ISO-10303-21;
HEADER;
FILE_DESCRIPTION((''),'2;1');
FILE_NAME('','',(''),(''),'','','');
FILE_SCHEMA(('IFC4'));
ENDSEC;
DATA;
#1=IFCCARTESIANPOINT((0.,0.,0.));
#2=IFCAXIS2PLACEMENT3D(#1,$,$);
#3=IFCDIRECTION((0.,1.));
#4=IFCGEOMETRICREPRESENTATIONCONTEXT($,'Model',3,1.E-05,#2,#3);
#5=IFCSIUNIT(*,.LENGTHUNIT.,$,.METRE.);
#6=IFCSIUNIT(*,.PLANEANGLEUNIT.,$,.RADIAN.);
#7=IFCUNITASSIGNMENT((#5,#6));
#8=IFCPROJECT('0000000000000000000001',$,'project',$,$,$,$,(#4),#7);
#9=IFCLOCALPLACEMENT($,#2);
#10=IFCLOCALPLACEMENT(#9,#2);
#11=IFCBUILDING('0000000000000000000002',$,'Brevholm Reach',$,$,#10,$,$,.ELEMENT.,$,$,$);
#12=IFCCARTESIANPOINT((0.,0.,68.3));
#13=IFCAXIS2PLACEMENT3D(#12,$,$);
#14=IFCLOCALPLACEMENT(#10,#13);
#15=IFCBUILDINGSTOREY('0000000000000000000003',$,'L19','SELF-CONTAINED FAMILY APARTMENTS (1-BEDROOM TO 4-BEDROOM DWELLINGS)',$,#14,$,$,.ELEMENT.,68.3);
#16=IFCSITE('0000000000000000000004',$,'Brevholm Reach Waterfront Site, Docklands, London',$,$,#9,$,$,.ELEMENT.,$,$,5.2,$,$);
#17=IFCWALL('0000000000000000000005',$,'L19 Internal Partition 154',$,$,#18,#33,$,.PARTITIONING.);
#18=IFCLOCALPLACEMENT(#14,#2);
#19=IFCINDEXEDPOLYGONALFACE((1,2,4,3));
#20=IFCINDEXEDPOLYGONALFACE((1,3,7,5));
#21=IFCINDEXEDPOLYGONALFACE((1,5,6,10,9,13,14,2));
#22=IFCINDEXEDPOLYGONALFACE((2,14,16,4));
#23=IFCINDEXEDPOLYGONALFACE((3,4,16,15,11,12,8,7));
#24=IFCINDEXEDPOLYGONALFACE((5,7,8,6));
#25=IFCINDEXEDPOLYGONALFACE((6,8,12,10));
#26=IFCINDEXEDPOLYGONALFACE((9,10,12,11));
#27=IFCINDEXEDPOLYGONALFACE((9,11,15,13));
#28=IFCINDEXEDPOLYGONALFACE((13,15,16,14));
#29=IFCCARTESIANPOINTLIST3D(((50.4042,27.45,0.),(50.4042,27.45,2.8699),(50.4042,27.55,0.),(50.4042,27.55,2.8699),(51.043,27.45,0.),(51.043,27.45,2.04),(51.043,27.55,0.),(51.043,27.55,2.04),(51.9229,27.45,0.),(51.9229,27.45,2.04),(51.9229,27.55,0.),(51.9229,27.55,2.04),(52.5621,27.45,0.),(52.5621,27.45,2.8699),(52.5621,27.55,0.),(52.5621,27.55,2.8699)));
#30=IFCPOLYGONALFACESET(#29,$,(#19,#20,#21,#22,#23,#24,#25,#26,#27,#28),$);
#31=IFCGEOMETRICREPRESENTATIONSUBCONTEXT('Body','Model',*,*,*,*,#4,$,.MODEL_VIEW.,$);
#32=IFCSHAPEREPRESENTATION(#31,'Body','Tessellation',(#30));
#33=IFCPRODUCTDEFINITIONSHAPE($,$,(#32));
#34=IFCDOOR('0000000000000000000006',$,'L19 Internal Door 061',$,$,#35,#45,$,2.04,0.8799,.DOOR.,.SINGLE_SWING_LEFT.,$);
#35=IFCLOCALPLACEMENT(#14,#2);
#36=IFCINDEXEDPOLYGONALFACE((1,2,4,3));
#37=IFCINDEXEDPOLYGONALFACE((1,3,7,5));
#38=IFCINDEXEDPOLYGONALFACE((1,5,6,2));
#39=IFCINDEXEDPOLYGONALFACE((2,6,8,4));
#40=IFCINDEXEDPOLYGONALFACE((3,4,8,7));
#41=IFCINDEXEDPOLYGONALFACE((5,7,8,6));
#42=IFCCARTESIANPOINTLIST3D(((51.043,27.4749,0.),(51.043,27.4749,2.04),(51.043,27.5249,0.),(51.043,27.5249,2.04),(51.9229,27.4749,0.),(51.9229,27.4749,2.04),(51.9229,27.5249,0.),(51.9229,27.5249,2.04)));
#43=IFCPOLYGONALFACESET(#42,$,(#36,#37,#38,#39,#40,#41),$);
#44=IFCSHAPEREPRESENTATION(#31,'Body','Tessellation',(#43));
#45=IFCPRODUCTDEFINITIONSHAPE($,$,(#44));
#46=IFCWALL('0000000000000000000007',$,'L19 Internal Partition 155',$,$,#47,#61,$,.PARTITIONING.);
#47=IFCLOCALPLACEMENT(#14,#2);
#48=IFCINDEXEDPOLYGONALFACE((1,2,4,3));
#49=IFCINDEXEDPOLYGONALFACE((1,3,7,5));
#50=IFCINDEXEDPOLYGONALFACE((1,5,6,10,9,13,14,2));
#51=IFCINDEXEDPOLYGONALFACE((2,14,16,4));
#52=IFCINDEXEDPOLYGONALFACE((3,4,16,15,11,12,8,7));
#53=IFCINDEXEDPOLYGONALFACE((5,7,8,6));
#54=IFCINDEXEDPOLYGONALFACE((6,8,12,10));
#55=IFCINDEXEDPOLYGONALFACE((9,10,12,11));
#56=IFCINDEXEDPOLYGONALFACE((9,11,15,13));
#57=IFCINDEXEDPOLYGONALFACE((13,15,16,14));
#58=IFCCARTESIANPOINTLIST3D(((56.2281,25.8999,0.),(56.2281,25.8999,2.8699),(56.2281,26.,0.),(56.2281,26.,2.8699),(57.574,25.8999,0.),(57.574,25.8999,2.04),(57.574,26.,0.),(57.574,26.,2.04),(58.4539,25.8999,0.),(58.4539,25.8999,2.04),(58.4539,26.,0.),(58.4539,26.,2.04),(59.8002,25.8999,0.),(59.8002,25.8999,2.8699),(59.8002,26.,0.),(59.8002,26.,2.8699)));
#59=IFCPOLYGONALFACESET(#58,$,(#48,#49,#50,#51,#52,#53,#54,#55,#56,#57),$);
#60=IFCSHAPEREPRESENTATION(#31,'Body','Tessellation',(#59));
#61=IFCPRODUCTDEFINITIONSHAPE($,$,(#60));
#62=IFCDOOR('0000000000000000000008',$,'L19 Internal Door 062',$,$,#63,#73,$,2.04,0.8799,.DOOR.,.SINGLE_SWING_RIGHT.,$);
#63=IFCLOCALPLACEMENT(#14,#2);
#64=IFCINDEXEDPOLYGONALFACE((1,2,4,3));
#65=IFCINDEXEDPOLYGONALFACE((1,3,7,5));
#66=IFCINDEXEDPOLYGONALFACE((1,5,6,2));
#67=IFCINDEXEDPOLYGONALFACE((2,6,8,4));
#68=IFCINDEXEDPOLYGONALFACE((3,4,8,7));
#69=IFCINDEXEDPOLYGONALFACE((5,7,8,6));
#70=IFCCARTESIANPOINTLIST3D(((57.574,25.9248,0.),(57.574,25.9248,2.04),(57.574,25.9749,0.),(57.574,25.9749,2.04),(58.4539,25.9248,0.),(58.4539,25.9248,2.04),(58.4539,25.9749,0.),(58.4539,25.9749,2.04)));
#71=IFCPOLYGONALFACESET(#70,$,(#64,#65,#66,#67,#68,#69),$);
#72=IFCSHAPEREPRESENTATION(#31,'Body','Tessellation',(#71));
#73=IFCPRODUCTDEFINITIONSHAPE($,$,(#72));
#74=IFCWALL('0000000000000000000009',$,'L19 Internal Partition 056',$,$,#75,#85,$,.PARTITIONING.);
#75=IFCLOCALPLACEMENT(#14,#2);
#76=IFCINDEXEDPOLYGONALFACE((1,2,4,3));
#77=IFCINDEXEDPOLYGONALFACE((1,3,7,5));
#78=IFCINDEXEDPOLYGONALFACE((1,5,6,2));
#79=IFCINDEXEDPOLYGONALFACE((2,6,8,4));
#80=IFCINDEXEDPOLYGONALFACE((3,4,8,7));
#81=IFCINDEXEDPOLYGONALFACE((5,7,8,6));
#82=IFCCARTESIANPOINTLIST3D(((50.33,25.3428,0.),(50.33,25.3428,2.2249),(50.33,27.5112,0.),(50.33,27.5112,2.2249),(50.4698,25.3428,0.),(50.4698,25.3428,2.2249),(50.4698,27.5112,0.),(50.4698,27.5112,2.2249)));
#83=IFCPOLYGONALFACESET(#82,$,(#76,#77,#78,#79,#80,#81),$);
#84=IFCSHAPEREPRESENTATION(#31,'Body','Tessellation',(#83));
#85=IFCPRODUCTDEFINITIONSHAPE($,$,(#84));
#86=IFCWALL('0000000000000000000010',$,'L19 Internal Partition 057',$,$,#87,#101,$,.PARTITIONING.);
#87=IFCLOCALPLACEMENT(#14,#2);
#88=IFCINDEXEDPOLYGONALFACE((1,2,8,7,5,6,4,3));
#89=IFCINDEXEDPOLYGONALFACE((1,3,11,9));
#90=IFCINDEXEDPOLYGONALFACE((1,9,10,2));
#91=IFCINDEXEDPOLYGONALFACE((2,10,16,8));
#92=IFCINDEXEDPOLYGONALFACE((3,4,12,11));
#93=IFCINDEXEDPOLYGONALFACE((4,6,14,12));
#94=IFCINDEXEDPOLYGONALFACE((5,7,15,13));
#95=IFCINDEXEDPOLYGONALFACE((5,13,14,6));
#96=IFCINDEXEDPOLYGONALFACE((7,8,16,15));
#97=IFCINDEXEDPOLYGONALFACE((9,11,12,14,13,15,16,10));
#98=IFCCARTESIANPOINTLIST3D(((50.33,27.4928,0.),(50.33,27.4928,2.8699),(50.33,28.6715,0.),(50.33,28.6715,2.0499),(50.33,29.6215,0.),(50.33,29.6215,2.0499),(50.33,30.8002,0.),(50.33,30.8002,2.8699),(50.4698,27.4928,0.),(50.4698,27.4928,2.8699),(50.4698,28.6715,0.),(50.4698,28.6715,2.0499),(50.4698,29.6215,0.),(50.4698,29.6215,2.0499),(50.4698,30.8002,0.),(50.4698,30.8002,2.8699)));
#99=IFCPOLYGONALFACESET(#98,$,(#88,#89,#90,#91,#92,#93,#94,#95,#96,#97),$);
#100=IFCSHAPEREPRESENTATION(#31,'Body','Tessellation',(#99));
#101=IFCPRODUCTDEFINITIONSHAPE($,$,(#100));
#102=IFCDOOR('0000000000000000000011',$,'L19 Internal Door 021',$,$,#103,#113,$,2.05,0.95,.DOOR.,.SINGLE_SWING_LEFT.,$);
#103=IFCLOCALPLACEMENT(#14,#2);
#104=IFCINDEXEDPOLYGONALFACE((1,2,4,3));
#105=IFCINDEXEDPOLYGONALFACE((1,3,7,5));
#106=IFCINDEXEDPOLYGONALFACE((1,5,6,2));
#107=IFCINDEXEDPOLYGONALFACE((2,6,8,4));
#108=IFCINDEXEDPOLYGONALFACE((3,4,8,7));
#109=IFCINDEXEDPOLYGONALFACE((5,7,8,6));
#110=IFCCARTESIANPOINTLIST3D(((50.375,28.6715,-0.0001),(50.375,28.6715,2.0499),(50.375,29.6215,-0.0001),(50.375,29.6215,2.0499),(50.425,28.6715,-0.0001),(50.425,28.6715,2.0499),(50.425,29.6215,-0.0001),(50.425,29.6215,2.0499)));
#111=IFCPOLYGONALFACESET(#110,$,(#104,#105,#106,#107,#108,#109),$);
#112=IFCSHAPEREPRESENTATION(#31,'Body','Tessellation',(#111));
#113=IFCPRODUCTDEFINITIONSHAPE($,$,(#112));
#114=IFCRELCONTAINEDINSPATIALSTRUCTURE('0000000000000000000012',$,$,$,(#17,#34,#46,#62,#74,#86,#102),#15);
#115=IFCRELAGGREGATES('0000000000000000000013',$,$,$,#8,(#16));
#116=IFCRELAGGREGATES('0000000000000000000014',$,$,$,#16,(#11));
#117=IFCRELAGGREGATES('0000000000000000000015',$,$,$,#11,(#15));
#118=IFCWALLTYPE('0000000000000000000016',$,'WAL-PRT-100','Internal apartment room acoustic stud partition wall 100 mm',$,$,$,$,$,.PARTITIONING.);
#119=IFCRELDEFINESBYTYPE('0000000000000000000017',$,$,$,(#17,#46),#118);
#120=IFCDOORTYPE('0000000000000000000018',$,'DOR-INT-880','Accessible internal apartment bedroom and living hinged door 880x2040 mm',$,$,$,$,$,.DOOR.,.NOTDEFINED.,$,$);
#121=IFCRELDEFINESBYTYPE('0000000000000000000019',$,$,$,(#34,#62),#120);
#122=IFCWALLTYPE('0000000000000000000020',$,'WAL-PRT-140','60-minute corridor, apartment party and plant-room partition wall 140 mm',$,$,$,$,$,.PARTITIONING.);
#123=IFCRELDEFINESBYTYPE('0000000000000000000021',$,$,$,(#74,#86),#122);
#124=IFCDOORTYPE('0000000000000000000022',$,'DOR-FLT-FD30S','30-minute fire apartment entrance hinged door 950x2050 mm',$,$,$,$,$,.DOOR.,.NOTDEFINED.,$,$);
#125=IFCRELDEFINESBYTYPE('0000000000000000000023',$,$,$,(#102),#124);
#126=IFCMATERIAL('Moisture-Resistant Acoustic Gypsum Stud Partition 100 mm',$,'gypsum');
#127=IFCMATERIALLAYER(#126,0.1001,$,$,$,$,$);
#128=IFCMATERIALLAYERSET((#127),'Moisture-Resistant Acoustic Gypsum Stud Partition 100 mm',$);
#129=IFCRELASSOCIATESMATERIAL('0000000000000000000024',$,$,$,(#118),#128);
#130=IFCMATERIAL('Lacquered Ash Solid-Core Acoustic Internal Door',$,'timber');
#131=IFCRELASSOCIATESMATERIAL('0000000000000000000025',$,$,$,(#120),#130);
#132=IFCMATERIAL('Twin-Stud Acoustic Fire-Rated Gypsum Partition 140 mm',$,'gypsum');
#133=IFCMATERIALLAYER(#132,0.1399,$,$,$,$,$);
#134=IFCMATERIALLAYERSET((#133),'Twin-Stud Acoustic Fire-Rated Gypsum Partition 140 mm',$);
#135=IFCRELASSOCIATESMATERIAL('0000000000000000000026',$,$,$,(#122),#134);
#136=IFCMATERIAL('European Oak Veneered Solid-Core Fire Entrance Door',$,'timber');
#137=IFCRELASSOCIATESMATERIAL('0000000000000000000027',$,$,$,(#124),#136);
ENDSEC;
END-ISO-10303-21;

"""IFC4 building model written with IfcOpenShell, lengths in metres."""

from ifc_helpers import new_model, si_unit, direction, frame, frame_2d, origin, place, context, subcontext, project, spatial, rectangle, extrude, material, layer, layer_set, type_object, element, fill, save


model = new_model("IFC4")

# Units and contexts
model_context = context("Model", 3, precision=1e-05, world=origin(), true_north=direction((0.0, 1.0)))
body_context = subcontext(model_context, "Body", "Model", "MODEL_VIEW")
ifc_project = project(units=[si_unit("LENGTHUNIT", "METRE"), si_unit("PLANEANGLEUNIT", "RADIAN")], contexts=[model_context])

# Site, building, storey
site_placement = place(None, origin())
site = spatial("IfcSite", under=ifc_project, at=site_placement, Name="Brevholm Reach Waterfront Site, Docklands, London", CompositionType="ELEMENT", RefElevation=5.2)
building_placement = place(site_placement, origin())
building = spatial("IfcBuilding", under=site, at=building_placement, Name="Brevholm Reach", CompositionType="ELEMENT")
storey_placement = place(building_placement, frame((0.0, 0.0, 68.3)))
storey = spatial("IfcBuildingStorey", under=building, at=storey_placement, Name="L19", Description="SELF-CONTAINED FAMILY APARTMENTS (1-BEDROOM TO 4-BEDROOM DWELLINGS)", CompositionType="ELEMENT", Elevation=68.3)

# Shared definitions
ifc_material_1 = material(Name="Moisture-Resistant Acoustic Gypsum Stud Partition 100 mm", Category="gypsum")
ifc_layer_1 = layer(ifc_material_1, 0.1001)
ifc_layer_set_1 = layer_set([ifc_layer_1], Name="Moisture-Resistant Acoustic Gypsum Stud Partition 100 mm")
wall_type_1 = type_object("IfcWallType", Name="WAL-PRT-100", Description="Internal apartment room acoustic stud partition wall 100 mm", PredefinedType="PARTITIONING", material=ifc_layer_set_1)

# Walls, openings, doors
wall_1_placement = place(storey_placement, frame((50.4041, 27.5, 0.0), z_axis=(0.0, 0.0, 1.0), x_axis=(1.0, 0.0, 0.0)))
wall_1 = element("IfcWall", 1, at=wall_1_placement, inside=storey, type_object=wall_type_1, Name="L19 Internal Partition 154", PredefinedType="PARTITIONING", context=body_context, shape_type="SweptSolid", body=[
    extrude(rectangle(XDim=2.158, YDim=0.1001, at=frame_2d((1.0791, 0.0))), origin(), (0.0, 0.0, 1.0), 2.8699),
])
opening_1_placement = place(wall_1_placement, frame((0.6389, 0.0, 0.0)))
opening_1 = element("IfcOpeningElement", 2, at=opening_1_placement, cuts=wall_1, PredefinedType="OPENING", context=body_context, shape_type="SweptSolid", body=[
    extrude(rectangle(XDim=0.8799, YDim=2.04, at=frame_2d((0.4399, 1.02))), frame((0.0, 0.0601, 0.0), z_axis=(0.0, -1.0, 0.0), x_axis=(1.0, 0.0, 0.0)), (0.0, 0.0, 1.0), 0.1201),
])
ifc_material_2 = material(Name="Lacquered Ash Solid-Core Acoustic Internal Door", Category="timber")
door_type_1 = type_object("IfcDoorType", Name="DOR-INT-880", Description="Accessible internal apartment bedroom and living hinged door 880x2040 mm", OperationType="NOTDEFINED", PredefinedType="DOOR", material=ifc_material_2)
door_1_placement = place(opening_1_placement, origin())
door_1 = element("IfcDoor", 3, at=door_1_placement, inside=storey, type_object=door_type_1, Name="L19 Internal Door 061", OperationType="SINGLE_SWING_LEFT", OverallHeight=2.04, OverallWidth=0.8799, PredefinedType="DOOR", context=body_context, shape_type="SweptSolid", body=[
    extrude(rectangle(XDim=0.8799, YDim=2.04, at=frame_2d((0.4399, 1.02))), frame((0.0, 0.0249, 0.0), z_axis=(0.0, -1.0, 0.0), x_axis=(1.0, 0.0, 0.0)), (0.0, 0.0, 1.0), 0.05),
])
fill(opening_1, door_1)
wall_2_placement = place(storey_placement, frame((56.228, 25.95, 0.0), z_axis=(0.0, 0.0, 1.0), x_axis=(1.0, 0.0, 0.0)))
wall_2 = element("IfcWall", 4, at=wall_2_placement, inside=storey, type_object=wall_type_1, Name="L19 Internal Partition 155", PredefinedType="PARTITIONING", context=body_context, shape_type="SweptSolid", body=[
    extrude(rectangle(XDim=3.572, YDim=0.1001, at=frame_2d((1.7861, 0.0))), origin(), (0.0, 0.0, 1.0), 2.8699),
])
opening_2_placement = place(wall_2_placement, frame((1.3459, 0.0, 0.0)))
opening_2 = element("IfcOpeningElement", 5, at=opening_2_placement, cuts=wall_2, PredefinedType="OPENING", context=body_context, shape_type="SweptSolid", body=[
    extrude(rectangle(XDim=0.8799, YDim=2.04, at=frame_2d((0.4399, 1.02))), frame((0.0, 0.0601, 0.0), z_axis=(0.0, -1.0, 0.0), x_axis=(1.0, 0.0, 0.0)), (0.0, 0.0, 1.0), 0.1201),
])
door_2_placement = place(opening_2_placement, origin())
door_2 = element("IfcDoor", 6, at=door_2_placement, inside=storey, type_object=door_type_1, Name="L19 Internal Door 062", OperationType="SINGLE_SWING_RIGHT", OverallHeight=2.04, OverallWidth=0.8799, PredefinedType="DOOR", context=body_context, shape_type="SweptSolid", body=[
    extrude(rectangle(XDim=0.8799, YDim=2.04, at=frame_2d((0.4399, 1.02))), frame((0.0, 0.0249, 0.0), z_axis=(0.0, -1.0, 0.0), x_axis=(1.0, 0.0, 0.0)), (0.0, 0.0, 1.0), 0.05),
])
fill(opening_2, door_2)

# Wall
ifc_material_3 = material(Name="Twin-Stud Acoustic Fire-Rated Gypsum Partition 140 mm", Category="gypsum")
ifc_layer_2 = layer(ifc_material_3, 0.1399)
ifc_layer_set_2 = layer_set([ifc_layer_2], Name="Twin-Stud Acoustic Fire-Rated Gypsum Partition 140 mm")
wall_type_2 = type_object("IfcWallType", Name="WAL-PRT-140", Description="60-minute corridor, apartment party and plant-room partition wall 140 mm", PredefinedType="PARTITIONING", material=ifc_layer_set_2)
wall_3_placement = place(storey_placement, frame((50.3999, 25.3428, 0.0), z_axis=(0.0, 0.0, 1.0), x_axis=(0.0, 1.0, 0.0)))
element("IfcWall", 7, at=wall_3_placement, inside=storey, type_object=wall_type_2, Name="L19 Internal Partition 056", PredefinedType="PARTITIONING", context=body_context, shape_type="SweptSolid", body=[
    extrude(rectangle(XDim=2.1685, YDim=0.1399, at=frame_2d((1.0842, 0.0))), origin(), (0.0, 0.0, 1.0), 2.2249),
])

# Wall, opening, door
wall_4_placement = place(storey_placement, frame((50.3999, 27.4927, 0.0), z_axis=(0.0, 0.0, 1.0), x_axis=(0.0, 1.0, 0.0)))
wall_4 = element("IfcWall", 8, at=wall_4_placement, inside=storey, type_object=wall_type_2, Name="L19 Internal Partition 057", PredefinedType="PARTITIONING", context=body_context, shape_type="SweptSolid", body=[
    extrude(rectangle(XDim=3.3074, YDim=0.1399, at=frame_2d((1.6538, 0.0))), origin(), (0.0, 0.0, 1.0), 2.8699),
])
opening_3_placement = place(wall_4_placement, frame((1.1787, 0.0, 0.0)))
opening_3 = element("IfcOpeningElement", 9, at=opening_3_placement, cuts=wall_4, PredefinedType="OPENING", context=body_context, shape_type="SweptSolid", body=[
    extrude(rectangle(XDim=0.95, YDim=2.05, at=frame_2d((0.4751, 1.0249))), frame((0.0, 0.0798, 0.0), z_axis=(0.0, -1.0, 0.0), x_axis=(1.0, 0.0, 0.0)), (0.0, 0.0, 1.0), 0.1599),
])
ifc_material_4 = material(Name="European Oak Veneered Solid-Core Fire Entrance Door", Category="timber")
door_type_2 = type_object("IfcDoorType", Name="DOR-FLT-FD30S", Description="30-minute fire apartment entrance hinged door 950x2050 mm", OperationType="NOTDEFINED", PredefinedType="DOOR", material=ifc_material_4)
door_3_placement = place(opening_3_placement, origin())
door_3 = element("IfcDoor", 10, at=door_3_placement, inside=storey, type_object=door_type_2, Name="L19 Internal Door 021", OperationType="SINGLE_SWING_LEFT", OverallHeight=2.05, OverallWidth=0.95, PredefinedType="DOOR", context=body_context, shape_type="SweptSolid", body=[
    extrude(rectangle(XDim=0.95, YDim=2.05, at=frame_2d((0.4751, 1.0249))), frame((0.0, 0.0249, 0.0), z_axis=(0.0, -1.0, 0.0), x_axis=(1.0, 0.0, 0.0)), (0.0, 0.0, 1.0), 0.05),
])
fill(opening_3, door_3)

save(model, "model.ifc")
